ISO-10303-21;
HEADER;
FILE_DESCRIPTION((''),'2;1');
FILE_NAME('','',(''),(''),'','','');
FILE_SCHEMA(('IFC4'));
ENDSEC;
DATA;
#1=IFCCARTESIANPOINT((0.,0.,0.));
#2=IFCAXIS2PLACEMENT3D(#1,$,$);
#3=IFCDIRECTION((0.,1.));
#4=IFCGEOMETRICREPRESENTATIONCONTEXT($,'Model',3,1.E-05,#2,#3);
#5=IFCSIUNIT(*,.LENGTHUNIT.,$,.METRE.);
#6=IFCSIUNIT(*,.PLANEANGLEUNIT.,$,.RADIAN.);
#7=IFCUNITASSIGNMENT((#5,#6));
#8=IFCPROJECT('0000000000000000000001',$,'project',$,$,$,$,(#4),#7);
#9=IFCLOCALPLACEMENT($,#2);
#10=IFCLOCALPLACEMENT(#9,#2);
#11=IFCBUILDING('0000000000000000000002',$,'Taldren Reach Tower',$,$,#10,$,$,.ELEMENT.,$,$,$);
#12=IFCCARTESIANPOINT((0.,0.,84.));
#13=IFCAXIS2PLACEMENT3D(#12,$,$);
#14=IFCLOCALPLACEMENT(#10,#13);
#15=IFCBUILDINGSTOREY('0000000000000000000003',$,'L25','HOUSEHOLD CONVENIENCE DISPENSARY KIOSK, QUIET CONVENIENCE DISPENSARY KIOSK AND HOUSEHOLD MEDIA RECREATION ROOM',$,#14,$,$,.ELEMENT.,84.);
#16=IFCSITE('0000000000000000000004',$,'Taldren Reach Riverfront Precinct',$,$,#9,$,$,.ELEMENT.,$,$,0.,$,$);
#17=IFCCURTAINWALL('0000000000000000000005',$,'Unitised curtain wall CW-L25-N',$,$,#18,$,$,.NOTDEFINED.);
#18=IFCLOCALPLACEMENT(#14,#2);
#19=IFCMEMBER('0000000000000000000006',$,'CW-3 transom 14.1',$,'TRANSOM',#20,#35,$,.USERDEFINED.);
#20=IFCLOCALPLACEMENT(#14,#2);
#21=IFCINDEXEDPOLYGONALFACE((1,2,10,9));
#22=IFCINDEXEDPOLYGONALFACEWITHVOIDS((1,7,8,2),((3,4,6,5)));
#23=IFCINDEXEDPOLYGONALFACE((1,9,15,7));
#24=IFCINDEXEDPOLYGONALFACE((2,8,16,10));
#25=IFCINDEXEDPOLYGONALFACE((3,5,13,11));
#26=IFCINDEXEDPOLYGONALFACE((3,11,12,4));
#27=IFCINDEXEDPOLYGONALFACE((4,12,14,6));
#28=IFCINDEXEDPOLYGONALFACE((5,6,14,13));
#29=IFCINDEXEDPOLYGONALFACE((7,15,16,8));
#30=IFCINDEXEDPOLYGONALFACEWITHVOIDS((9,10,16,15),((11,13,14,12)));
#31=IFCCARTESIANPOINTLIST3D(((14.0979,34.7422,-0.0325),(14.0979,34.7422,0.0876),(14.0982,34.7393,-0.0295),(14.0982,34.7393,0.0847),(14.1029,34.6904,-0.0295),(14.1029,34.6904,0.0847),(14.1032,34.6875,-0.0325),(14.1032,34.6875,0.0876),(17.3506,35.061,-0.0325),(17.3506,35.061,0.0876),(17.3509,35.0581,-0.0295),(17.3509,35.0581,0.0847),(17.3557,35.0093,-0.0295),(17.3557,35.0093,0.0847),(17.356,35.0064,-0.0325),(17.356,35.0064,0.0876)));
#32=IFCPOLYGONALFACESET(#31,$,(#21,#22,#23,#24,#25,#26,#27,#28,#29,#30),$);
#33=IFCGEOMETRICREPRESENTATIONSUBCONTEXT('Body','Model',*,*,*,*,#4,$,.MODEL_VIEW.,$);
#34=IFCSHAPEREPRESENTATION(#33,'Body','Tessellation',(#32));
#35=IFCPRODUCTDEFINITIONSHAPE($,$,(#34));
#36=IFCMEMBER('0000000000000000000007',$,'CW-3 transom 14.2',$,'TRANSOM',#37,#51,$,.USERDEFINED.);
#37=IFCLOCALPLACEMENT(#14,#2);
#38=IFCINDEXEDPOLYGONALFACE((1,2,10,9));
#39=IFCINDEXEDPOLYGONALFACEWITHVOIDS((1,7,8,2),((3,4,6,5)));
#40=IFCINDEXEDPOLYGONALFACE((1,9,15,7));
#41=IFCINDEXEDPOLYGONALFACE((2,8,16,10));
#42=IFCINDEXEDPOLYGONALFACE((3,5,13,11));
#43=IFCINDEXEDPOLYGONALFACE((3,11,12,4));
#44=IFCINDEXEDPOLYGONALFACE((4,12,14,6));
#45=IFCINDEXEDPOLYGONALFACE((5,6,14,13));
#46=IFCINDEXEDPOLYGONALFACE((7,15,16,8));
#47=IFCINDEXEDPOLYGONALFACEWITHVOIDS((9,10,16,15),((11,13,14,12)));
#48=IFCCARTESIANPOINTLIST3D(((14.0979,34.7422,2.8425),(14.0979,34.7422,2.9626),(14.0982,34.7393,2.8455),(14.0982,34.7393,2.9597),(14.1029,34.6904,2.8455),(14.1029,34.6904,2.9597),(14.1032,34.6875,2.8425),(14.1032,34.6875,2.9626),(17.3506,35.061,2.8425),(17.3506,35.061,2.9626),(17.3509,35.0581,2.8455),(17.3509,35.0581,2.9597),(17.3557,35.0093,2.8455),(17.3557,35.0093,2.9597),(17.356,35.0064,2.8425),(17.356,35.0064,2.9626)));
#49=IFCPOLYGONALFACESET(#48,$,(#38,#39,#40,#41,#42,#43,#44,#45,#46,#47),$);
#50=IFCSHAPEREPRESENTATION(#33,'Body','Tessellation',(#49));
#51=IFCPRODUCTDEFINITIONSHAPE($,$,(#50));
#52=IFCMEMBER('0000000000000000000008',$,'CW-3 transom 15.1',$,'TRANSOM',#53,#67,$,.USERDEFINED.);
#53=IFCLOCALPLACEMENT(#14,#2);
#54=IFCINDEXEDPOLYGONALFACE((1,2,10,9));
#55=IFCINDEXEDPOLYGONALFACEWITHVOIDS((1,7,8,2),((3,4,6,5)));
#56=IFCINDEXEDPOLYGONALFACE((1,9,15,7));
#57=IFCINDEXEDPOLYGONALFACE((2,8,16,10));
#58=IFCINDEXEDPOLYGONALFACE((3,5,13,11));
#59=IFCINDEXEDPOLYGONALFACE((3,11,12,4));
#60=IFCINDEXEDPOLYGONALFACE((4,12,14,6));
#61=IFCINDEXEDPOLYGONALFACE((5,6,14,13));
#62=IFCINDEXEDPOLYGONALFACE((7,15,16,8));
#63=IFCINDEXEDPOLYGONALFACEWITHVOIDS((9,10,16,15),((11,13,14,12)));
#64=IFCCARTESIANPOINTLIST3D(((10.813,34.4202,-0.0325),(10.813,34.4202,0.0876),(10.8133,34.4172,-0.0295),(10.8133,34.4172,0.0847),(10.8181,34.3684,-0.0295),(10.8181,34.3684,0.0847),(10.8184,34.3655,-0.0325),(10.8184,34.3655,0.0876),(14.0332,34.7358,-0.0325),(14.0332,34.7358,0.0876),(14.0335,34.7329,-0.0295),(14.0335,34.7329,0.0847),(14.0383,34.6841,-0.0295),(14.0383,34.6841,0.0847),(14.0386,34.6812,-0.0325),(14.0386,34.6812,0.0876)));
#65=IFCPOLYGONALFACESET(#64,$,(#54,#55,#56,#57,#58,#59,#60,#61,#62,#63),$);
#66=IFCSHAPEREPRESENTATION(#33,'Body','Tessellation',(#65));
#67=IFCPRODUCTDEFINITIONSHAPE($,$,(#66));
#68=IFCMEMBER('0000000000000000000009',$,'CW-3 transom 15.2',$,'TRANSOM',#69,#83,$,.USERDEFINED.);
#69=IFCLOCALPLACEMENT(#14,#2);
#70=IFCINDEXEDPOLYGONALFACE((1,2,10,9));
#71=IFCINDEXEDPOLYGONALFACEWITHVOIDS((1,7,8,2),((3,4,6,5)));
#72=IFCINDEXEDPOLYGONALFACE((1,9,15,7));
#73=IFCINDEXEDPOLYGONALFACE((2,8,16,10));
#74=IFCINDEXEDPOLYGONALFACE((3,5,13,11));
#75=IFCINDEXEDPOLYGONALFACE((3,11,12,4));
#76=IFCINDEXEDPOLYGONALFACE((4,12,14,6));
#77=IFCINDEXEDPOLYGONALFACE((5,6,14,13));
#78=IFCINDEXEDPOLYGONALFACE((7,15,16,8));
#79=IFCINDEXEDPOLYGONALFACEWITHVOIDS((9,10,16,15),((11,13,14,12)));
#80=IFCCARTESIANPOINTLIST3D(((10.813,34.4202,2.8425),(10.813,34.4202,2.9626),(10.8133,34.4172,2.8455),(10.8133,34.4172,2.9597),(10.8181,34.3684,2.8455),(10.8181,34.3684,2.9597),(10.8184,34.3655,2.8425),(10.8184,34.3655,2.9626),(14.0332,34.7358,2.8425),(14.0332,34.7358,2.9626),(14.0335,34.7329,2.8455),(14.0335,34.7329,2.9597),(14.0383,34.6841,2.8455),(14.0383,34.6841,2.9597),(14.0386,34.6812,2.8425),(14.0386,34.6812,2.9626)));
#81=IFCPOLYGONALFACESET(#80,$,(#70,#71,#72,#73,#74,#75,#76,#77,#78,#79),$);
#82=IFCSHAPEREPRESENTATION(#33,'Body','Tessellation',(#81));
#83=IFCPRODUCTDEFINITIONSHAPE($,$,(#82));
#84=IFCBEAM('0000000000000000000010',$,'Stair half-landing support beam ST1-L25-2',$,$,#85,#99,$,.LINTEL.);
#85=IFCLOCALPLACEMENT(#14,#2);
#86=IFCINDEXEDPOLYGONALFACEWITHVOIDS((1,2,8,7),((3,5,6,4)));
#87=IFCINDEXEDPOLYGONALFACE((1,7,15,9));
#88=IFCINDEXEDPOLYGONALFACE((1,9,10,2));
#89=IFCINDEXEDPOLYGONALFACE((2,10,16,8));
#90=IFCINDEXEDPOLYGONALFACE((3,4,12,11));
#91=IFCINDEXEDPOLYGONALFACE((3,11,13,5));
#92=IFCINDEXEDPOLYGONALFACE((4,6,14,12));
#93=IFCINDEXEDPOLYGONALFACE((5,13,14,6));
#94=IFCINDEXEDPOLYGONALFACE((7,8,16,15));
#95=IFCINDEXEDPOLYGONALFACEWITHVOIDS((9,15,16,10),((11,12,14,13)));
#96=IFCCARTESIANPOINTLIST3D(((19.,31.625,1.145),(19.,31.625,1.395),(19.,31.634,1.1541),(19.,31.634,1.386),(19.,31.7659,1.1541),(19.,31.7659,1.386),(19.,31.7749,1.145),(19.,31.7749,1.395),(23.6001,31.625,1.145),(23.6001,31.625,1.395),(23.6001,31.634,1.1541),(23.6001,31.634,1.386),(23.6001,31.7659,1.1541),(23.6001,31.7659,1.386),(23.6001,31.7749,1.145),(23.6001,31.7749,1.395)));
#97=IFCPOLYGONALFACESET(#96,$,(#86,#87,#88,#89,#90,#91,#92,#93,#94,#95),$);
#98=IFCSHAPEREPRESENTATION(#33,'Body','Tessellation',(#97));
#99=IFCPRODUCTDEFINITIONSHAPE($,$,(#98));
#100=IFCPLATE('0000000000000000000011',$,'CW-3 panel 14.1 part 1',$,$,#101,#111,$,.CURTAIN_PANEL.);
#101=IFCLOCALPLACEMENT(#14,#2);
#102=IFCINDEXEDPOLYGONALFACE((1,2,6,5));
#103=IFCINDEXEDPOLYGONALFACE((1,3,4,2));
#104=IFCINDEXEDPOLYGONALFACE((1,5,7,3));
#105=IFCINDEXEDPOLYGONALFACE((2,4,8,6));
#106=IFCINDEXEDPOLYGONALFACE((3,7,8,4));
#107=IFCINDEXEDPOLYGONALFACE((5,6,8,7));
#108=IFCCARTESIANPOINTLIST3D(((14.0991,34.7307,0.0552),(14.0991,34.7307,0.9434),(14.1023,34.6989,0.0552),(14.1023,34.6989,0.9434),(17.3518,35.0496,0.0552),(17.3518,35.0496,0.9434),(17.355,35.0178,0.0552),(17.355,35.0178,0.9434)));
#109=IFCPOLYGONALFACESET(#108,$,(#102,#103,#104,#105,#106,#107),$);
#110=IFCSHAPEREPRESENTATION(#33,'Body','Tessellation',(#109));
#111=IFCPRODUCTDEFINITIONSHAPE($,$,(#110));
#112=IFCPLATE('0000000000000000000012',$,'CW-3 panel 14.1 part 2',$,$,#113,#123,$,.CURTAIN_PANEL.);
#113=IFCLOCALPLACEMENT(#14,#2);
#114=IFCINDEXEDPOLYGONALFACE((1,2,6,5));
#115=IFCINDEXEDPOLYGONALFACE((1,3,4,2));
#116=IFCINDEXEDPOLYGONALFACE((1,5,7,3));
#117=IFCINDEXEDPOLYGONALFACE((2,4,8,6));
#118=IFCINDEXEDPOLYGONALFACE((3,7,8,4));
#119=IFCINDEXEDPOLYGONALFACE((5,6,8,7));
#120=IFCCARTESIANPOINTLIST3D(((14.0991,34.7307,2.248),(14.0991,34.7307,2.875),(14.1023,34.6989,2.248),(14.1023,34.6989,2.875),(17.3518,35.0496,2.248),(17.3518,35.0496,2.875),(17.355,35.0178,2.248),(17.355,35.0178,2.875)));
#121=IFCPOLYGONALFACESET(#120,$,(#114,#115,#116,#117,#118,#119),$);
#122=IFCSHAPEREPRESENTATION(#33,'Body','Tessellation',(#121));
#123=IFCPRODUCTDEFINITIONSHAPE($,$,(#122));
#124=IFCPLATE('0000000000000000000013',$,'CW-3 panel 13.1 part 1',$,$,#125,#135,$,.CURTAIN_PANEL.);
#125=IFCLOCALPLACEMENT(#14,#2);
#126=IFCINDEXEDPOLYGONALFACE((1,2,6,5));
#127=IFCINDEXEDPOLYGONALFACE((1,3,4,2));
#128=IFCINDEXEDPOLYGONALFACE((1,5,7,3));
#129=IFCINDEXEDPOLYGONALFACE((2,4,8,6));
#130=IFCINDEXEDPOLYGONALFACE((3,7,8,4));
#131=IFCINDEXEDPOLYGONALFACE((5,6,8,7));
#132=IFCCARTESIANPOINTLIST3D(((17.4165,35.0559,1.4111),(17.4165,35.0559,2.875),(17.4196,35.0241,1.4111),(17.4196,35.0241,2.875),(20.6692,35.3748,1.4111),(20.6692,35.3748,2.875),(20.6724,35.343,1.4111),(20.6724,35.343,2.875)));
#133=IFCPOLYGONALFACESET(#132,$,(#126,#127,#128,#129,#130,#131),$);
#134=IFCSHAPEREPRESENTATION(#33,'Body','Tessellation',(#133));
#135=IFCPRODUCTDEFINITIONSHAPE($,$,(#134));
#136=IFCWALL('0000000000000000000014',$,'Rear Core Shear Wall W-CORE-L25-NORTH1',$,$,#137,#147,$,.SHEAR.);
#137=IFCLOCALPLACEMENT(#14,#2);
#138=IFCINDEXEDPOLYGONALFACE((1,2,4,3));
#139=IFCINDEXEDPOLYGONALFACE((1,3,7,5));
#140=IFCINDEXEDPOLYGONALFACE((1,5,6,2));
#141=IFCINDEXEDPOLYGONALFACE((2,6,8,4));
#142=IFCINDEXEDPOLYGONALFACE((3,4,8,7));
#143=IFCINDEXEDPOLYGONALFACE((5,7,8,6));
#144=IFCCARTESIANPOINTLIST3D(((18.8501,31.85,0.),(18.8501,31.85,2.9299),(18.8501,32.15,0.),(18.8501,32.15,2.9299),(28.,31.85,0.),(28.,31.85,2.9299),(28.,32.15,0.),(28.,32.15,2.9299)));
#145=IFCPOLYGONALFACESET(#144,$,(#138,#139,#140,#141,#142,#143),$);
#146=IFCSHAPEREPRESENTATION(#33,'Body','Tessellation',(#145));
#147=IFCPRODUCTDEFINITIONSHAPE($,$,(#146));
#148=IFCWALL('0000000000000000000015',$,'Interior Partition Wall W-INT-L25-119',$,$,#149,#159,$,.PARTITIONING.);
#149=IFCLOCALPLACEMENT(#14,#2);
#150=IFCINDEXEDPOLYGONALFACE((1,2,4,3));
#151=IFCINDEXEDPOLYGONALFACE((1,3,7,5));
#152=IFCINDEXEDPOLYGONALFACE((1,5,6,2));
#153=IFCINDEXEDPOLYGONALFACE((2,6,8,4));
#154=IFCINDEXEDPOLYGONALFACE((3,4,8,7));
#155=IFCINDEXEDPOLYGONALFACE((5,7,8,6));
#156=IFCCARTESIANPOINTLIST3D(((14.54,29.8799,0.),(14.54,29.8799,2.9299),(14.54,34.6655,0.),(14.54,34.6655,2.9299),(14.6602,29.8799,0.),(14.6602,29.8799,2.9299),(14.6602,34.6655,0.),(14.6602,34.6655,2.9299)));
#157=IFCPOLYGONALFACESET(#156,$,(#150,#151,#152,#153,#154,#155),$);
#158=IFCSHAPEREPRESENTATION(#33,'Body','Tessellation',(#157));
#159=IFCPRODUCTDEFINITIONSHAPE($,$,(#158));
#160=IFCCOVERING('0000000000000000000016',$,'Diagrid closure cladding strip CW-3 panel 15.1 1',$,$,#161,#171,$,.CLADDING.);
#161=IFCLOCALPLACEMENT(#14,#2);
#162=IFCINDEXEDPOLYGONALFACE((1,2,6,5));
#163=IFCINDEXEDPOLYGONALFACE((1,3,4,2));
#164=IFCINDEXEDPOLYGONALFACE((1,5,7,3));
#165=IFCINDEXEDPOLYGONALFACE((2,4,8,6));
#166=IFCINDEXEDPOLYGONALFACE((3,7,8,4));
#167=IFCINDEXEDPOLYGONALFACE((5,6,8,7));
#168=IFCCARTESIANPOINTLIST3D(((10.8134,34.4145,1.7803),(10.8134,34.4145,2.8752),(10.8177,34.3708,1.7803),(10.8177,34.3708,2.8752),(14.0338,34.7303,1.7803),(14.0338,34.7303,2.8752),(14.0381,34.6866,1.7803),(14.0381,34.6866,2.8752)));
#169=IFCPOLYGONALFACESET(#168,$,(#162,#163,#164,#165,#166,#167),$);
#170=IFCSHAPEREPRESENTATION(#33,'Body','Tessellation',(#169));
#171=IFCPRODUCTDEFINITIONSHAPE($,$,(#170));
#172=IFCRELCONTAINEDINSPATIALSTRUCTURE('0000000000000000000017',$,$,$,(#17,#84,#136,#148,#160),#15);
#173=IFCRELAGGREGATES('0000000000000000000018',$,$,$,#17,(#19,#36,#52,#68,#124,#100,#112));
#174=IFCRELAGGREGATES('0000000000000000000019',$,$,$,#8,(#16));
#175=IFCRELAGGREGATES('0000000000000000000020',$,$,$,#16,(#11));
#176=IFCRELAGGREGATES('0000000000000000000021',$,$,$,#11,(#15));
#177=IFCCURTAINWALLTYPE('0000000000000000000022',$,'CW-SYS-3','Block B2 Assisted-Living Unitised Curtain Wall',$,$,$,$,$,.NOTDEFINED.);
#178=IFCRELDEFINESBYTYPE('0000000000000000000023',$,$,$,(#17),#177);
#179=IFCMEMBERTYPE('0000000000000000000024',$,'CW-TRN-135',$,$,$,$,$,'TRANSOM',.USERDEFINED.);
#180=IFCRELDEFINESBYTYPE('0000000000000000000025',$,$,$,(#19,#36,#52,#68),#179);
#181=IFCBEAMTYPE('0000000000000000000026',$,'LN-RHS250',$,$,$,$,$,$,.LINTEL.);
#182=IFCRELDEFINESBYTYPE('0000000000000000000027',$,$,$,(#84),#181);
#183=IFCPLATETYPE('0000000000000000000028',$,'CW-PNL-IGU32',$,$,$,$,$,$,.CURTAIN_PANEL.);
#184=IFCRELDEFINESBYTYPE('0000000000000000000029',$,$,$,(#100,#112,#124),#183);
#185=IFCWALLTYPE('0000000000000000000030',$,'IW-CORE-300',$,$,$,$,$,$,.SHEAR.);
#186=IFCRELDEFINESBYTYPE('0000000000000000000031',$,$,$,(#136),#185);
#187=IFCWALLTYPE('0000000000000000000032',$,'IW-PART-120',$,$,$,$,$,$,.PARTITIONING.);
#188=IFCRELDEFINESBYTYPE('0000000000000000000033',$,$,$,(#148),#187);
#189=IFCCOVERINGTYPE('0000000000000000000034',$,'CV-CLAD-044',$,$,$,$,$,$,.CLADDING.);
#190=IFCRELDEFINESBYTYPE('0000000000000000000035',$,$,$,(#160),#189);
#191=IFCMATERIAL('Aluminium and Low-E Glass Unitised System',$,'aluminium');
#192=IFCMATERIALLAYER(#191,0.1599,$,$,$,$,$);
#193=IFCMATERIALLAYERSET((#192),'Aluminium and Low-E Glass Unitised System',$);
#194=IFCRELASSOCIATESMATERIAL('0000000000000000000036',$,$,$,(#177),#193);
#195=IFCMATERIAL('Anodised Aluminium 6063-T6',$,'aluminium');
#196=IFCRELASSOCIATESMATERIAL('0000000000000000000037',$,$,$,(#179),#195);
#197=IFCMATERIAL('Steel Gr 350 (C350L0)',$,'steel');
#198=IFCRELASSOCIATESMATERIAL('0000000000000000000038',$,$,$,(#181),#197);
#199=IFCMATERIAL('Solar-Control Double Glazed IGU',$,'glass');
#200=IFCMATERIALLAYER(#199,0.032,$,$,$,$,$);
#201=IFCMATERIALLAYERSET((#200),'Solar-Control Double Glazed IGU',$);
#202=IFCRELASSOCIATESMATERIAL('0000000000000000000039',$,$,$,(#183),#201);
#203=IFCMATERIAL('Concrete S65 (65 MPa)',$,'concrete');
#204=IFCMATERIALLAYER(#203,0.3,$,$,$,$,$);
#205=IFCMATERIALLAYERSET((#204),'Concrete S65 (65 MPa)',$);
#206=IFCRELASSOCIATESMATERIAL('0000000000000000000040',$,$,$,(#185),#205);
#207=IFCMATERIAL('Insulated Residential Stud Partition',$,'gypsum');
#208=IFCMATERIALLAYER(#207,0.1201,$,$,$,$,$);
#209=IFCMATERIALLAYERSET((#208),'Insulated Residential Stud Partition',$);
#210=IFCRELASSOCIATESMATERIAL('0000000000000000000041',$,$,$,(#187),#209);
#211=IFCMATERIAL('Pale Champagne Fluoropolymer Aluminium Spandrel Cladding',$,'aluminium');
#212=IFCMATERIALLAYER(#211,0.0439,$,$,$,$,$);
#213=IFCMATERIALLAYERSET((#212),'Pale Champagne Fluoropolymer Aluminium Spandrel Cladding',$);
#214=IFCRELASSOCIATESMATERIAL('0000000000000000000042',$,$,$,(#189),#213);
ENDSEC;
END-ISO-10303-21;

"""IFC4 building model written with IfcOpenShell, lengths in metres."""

from ifc_helpers import new_model, si_unit, direction, frame, frame_2d, origin, origin_2d, place, context, subcontext, project, spatial, rectangle, hollow_rectangle, extrude, source, transform, mapped, material, layer, layer_set, material_profile, profile_set, type_object, element, aggregate, save


model = new_model("IFC4")

# Units and contexts
model_context = context("Model", 3, precision=1e-05, world=origin(), true_north=direction((0.0, 1.0)))
body_context = subcontext(model_context, "Body", "Model", "MODEL_VIEW")
ifc_project = project(units=[si_unit("LENGTHUNIT", "METRE"), si_unit("PLANEANGLEUNIT", "RADIAN")], contexts=[model_context])

# Site, building, storey
site_placement = place(None, origin())
site = spatial("IfcSite", under=ifc_project, at=site_placement, Name="Taldren Reach Riverfront Precinct", CompositionType="ELEMENT", RefElevation=0.0)
building_placement = place(site_placement, origin())
building = spatial("IfcBuilding", under=site, at=building_placement, Name="Taldren Reach Tower", CompositionType="ELEMENT")
storey_placement = place(building_placement, frame((0.0, 0.0, 84.0)))
storey = spatial("IfcBuildingStorey", under=building, at=storey_placement, Name="L25", Description="HOUSEHOLD CONVENIENCE DISPENSARY KIOSK, QUIET CONVENIENCE DISPENSARY KIOSK AND HOUSEHOLD MEDIA RECREATION ROOM", CompositionType="ELEMENT", Elevation=84.0)

# Shared definitions
ifc_material_1 = material(Name="Concrete S65 (65 MPa)", Category="concrete")

# Curtain wall, members
ifc_material_2 = material(Name="Aluminium and Low-E Glass Unitised System", Category="aluminium")
ifc_layer_1 = layer(ifc_material_2, 0.1599)
ifc_layer_set_1 = layer_set([ifc_layer_1], Name="Aluminium and Low-E Glass Unitised System")
curtain_wall_type = type_object("IfcCurtainWallType", Name="CW-SYS-3", Description="Block B2 Assisted-Living Unitised Curtain Wall", PredefinedType="NOTDEFINED", material=ifc_layer_set_1)
curtain_wall_placement = place(storey_placement, origin())
curtain_wall = element("IfcCurtainWall", 1, at=curtain_wall_placement, inside=storey, type_object=curtain_wall_type, Name="Unitised curtain wall CW-L25-N", PredefinedType="NOTDEFINED")
ifc_material_3 = material(Name="Anodised Aluminium 6063-T6", Category="aluminium")
ifc_material_profile_1 = material_profile(ifc_material_3, hollow_rectangle(XDim=0.0549, YDim=0.1201, WallThickness=0.0029, at=origin_2d()), Name="ALU-120x55x3RHS")
ifc_profile_set_1 = profile_set([ifc_material_profile_1], Name="Anodised Aluminium 6063-T6")
member_type_1 = type_object("IfcMemberType", Name="CW-TRN-135", ElementType="TRANSOM", PredefinedType="USERDEFINED", material=ifc_profile_set_1)
shared_shape_1 = source(origin(), body_context, "Body", "SweptSolid", [
    extrude(hollow_rectangle(XDim=0.0549, YDim=0.1201, WallThickness=0.0029, at=origin_2d()), origin(), (0.0, 0.0, 1.0), 3.2683),
])
member_1_placement = place(storey_placement, frame((17.3533, 35.0337, 0.0276), z_axis=(-0.99523, -0.097558, 0.0), x_axis=(0.097558, -0.99523, 0.0)))
member_1 = element("IfcMember", 2, at=member_1_placement, type_object=member_type_1, Name="CW-3 transom 14.1", ObjectType="TRANSOM", PredefinedType="USERDEFINED", context=body_context, shape_type="MappedRepresentation", body=[
    mapped(shared_shape_1, transform((0.0, 0.0, 0.0), scale=1.0)),
])
member_2_placement = place(storey_placement, frame((17.3533, 35.0337, 2.9026), z_axis=(-0.99523, -0.097558, 0.0), x_axis=(0.097558, -0.99523, 0.0)))
member_2 = element("IfcMember", 3, at=member_2_placement, type_object=member_type_1, Name="CW-3 transom 14.2", ObjectType="TRANSOM", PredefinedType="USERDEFINED", context=body_context, shape_type="MappedRepresentation", body=[
    mapped(shared_shape_1, transform((0.0, 0.0, 0.0), scale=1.0)),
])
shared_shape_2 = source(origin(), body_context, "Body", "SweptSolid", [
    extrude(hollow_rectangle(XDim=0.0549, YDim=0.1201, WallThickness=0.0029, at=origin_2d()), origin(), (0.0, 0.0, 1.0), 3.2356),
])
member_3_placement = place(storey_placement, frame((14.0359, 34.7085, 0.0276), z_axis=(-0.99523, -0.097561, 0.0), x_axis=(0.097561, -0.99523, 0.0)))
member_3 = element("IfcMember", 4, at=member_3_placement, type_object=member_type_1, Name="CW-3 transom 15.1", ObjectType="TRANSOM", PredefinedType="USERDEFINED", context=body_context, shape_type="MappedRepresentation", body=[
    mapped(shared_shape_2, transform((0.0, 0.0, 0.0), scale=1.0)),
])
member_4_placement = place(storey_placement, frame((14.0359, 34.7085, 2.9026), z_axis=(-0.99523, -0.097561, 0.0), x_axis=(0.097561, -0.99523, 0.0)))
member_4 = element("IfcMember", 5, at=member_4_placement, type_object=member_type_1, Name="CW-3 transom 15.2", ObjectType="TRANSOM", PredefinedType="USERDEFINED", context=body_context, shape_type="MappedRepresentation", body=[
    mapped(shared_shape_2, transform((0.0, 0.0, 0.0), scale=1.0)),
])

# Beam
ifc_material_4 = material(Name="Steel Gr 350 (C350L0)", Category="steel")
ifc_material_profile_2 = material_profile(ifc_material_4, hollow_rectangle(XDim=0.1499, YDim=0.25, WallThickness=0.009, at=origin_2d()), Name="250x150x9.0RHS")
ifc_profile_set_2 = profile_set([ifc_material_profile_2], Name="Steel Gr 350 (C350L0)")
beam_type_1 = type_object("IfcBeamType", Name="LN-RHS250", PredefinedType="LINTEL", material=ifc_profile_set_2)
shared_shape_3 = source(origin(), body_context, "Body", "SweptSolid", [
    extrude(hollow_rectangle(XDim=0.1499, YDim=0.25, WallThickness=0.009, at=origin_2d()), origin(), (0.0, 0.0, 1.0), 4.6001),
])
beam_1_placement = place(storey_placement, frame((19.0, 31.7, 1.27), z_axis=(1.0, 0.0, 0.0), x_axis=(0.0, 1.0, 0.0)))
element("IfcBeam", 6, at=beam_1_placement, inside=storey, type_object=beam_type_1, Name="Stair half-landing support beam ST1-L25-2", PredefinedType="LINTEL", context=body_context, shape_type="MappedRepresentation", body=[
    mapped(shared_shape_3, transform((0.0, 0.0, 0.0), scale=1.0)),
])

# Plates
ifc_material_5 = material(Name="Solar-Control Double Glazed IGU", Category="glass")
ifc_layer_2 = layer(ifc_material_5, 0.032)
ifc_layer_set_2 = layer_set([ifc_layer_2], Name="Solar-Control Double Glazed IGU")
plate_type = type_object("IfcPlateType", Name="CW-PNL-IGU32", PredefinedType="CURTAIN_PANEL", material=ifc_layer_set_2)
shared_shape_4 = source(origin(), body_context, "Body", "SweptSolid", [
    extrude(rectangle(XDim=3.2683, YDim=0.032, at=origin_2d()), origin(), (0.0, 0.0, 1.0), 0.8882),
])
plate_1_placement = place(storey_placement, frame((15.7271, 34.8743, 0.0552), z_axis=(0.0, 0.0, 1.0), x_axis=(-0.995227, -0.097583, 0.0)))
plate_1 = element("IfcPlate", 7, at=plate_1_placement, type_object=plate_type, Name="CW-3 panel 14.1 part 1", PredefinedType="CURTAIN_PANEL", context=body_context, shape_type="MappedRepresentation", body=[
    mapped(shared_shape_4, transform((0.0, 0.0, 0.0), scale=1.0)),
])
shared_shape_5 = source(origin(), body_context, "Body", "SweptSolid", [
    extrude(rectangle(XDim=3.2683, YDim=0.032, at=origin_2d()), origin(), (0.0, 0.0, 1.0), 0.627),
])
plate_2_placement = place(storey_placement, frame((15.7271, 34.8743, 2.248), z_axis=(0.0, 0.0, 1.0), x_axis=(-0.995227, -0.097583, 0.0)))
plate_2 = element("IfcPlate", 8, at=plate_2_placement, type_object=plate_type, Name="CW-3 panel 14.1 part 2", PredefinedType="CURTAIN_PANEL", context=body_context, shape_type="MappedRepresentation", body=[
    mapped(shared_shape_5, transform((0.0, 0.0, 0.0), scale=1.0)),
])
shared_shape_6 = source(origin(), body_context, "Body", "SweptSolid", [
    extrude(rectangle(XDim=3.2683, YDim=0.032, at=origin_2d()), origin(), (0.0, 0.0, 1.0), 1.4639),
])
plate_3_placement = place(storey_placement, frame((19.0444, 35.1995, 1.4111), z_axis=(0.0, 0.0, 1.0), x_axis=(-0.995227, -0.097583, 0.0)))
plate_3 = element("IfcPlate", 9, at=plate_3_placement, type_object=plate_type, Name="CW-3 panel 13.1 part 1", PredefinedType="CURTAIN_PANEL", context=body_context, shape_type="MappedRepresentation", body=[
    mapped(shared_shape_6, transform((0.0, 0.0, 0.0), scale=1.0)),
])
aggregate(curtain_wall, [member_1, member_2, member_3, member_4, plate_3, plate_1, plate_2])

# Walls
ifc_layer_3 = layer(ifc_material_1, 0.3)
ifc_layer_set_3 = layer_set([ifc_layer_3], Name="Concrete S65 (65 MPa)")
wall_type_1 = type_object("IfcWallType", Name="IW-CORE-300", PredefinedType="SHEAR", material=ifc_layer_set_3)
shared_shape_7 = source(origin(), body_context, "Body", "SweptSolid", [
    extrude(rectangle(XDim=9.1499, YDim=0.3, at=frame_2d((4.575, 0.0))), origin(), (0.0, 0.0, 1.0), 2.9299),
])
wall_1_placement = place(storey_placement, frame((18.8501, 32.0, 0.0), z_axis=(0.0, 0.0, 1.0), x_axis=(1.0, 0.0, 0.0)))
element("IfcWall", 10, at=wall_1_placement, inside=storey, type_object=wall_type_1, Name="Rear Core Shear Wall W-CORE-L25-NORTH1", PredefinedType="SHEAR", context=body_context, shape_type="MappedRepresentation", body=[
    mapped(shared_shape_7, transform((0.0, 0.0, 0.0), scale=1.0)),
])
ifc_material_6 = material(Name="Insulated Residential Stud Partition", Category="gypsum")
ifc_layer_4 = layer(ifc_material_6, 0.1201)
ifc_layer_set_4 = layer_set([ifc_layer_4], Name="Insulated Residential Stud Partition")
wall_type_2 = type_object("IfcWallType", Name="IW-PART-120", PredefinedType="PARTITIONING", material=ifc_layer_set_4)
shared_shape_8 = source(origin(), body_context, "Body", "SweptSolid", [
    extrude(rectangle(XDim=4.7856, YDim=0.1201, at=frame_2d((2.3928, 0.0))), origin(), (0.0, 0.0, 1.0), 2.9299),
])
wall_2_placement = place(storey_placement, frame((14.6001, 34.6655, 0.0), z_axis=(0.0, 0.0, 1.0), x_axis=(0.0, -1.0, 0.0)))
element("IfcWall", 11, at=wall_2_placement, inside=storey, type_object=wall_type_2, Name="Interior Partition Wall W-INT-L25-119", PredefinedType="PARTITIONING", context=body_context, shape_type="MappedRepresentation", body=[
    mapped(shared_shape_8, transform((0.0, 0.0, 0.0), scale=1.0)),
])

# Covering
ifc_material_7 = material(Name="Pale Champagne Fluoropolymer Aluminium Spandrel Cladding", Category="aluminium")
ifc_layer_5 = layer(ifc_material_7, 0.0439)
ifc_layer_set_5 = layer_set([ifc_layer_5], Name="Pale Champagne Fluoropolymer Aluminium Spandrel Cladding")
covering_type = type_object("IfcCoveringType", Name="CV-CLAD-044", PredefinedType="CLADDING", material=ifc_layer_set_5)
shared_shape_9 = source(origin(), body_context, "Body", "SweptSolid", [
    extrude(rectangle(XDim=3.2358, YDim=0.0439, at=origin_2d()), origin(), (0.0, 0.0, 1.0), 1.095),
])
covering_1_placement = place(storey_placement, frame((12.4258, 34.5505, 1.7803), z_axis=(0.0, 0.0, 1.0), x_axis=(-0.995227, -0.097583, 0.0)))
element("IfcCovering", 12, at=covering_1_placement, inside=storey, type_object=covering_type, Name="Diagrid closure cladding strip CW-3 panel 15.1 1", PredefinedType="CLADDING", context=body_context, shape_type="MappedRepresentation", body=[
    mapped(shared_shape_9, transform((0.0, 0.0, 0.0), scale=1.0)),
])

save(model, "model.ifc")
